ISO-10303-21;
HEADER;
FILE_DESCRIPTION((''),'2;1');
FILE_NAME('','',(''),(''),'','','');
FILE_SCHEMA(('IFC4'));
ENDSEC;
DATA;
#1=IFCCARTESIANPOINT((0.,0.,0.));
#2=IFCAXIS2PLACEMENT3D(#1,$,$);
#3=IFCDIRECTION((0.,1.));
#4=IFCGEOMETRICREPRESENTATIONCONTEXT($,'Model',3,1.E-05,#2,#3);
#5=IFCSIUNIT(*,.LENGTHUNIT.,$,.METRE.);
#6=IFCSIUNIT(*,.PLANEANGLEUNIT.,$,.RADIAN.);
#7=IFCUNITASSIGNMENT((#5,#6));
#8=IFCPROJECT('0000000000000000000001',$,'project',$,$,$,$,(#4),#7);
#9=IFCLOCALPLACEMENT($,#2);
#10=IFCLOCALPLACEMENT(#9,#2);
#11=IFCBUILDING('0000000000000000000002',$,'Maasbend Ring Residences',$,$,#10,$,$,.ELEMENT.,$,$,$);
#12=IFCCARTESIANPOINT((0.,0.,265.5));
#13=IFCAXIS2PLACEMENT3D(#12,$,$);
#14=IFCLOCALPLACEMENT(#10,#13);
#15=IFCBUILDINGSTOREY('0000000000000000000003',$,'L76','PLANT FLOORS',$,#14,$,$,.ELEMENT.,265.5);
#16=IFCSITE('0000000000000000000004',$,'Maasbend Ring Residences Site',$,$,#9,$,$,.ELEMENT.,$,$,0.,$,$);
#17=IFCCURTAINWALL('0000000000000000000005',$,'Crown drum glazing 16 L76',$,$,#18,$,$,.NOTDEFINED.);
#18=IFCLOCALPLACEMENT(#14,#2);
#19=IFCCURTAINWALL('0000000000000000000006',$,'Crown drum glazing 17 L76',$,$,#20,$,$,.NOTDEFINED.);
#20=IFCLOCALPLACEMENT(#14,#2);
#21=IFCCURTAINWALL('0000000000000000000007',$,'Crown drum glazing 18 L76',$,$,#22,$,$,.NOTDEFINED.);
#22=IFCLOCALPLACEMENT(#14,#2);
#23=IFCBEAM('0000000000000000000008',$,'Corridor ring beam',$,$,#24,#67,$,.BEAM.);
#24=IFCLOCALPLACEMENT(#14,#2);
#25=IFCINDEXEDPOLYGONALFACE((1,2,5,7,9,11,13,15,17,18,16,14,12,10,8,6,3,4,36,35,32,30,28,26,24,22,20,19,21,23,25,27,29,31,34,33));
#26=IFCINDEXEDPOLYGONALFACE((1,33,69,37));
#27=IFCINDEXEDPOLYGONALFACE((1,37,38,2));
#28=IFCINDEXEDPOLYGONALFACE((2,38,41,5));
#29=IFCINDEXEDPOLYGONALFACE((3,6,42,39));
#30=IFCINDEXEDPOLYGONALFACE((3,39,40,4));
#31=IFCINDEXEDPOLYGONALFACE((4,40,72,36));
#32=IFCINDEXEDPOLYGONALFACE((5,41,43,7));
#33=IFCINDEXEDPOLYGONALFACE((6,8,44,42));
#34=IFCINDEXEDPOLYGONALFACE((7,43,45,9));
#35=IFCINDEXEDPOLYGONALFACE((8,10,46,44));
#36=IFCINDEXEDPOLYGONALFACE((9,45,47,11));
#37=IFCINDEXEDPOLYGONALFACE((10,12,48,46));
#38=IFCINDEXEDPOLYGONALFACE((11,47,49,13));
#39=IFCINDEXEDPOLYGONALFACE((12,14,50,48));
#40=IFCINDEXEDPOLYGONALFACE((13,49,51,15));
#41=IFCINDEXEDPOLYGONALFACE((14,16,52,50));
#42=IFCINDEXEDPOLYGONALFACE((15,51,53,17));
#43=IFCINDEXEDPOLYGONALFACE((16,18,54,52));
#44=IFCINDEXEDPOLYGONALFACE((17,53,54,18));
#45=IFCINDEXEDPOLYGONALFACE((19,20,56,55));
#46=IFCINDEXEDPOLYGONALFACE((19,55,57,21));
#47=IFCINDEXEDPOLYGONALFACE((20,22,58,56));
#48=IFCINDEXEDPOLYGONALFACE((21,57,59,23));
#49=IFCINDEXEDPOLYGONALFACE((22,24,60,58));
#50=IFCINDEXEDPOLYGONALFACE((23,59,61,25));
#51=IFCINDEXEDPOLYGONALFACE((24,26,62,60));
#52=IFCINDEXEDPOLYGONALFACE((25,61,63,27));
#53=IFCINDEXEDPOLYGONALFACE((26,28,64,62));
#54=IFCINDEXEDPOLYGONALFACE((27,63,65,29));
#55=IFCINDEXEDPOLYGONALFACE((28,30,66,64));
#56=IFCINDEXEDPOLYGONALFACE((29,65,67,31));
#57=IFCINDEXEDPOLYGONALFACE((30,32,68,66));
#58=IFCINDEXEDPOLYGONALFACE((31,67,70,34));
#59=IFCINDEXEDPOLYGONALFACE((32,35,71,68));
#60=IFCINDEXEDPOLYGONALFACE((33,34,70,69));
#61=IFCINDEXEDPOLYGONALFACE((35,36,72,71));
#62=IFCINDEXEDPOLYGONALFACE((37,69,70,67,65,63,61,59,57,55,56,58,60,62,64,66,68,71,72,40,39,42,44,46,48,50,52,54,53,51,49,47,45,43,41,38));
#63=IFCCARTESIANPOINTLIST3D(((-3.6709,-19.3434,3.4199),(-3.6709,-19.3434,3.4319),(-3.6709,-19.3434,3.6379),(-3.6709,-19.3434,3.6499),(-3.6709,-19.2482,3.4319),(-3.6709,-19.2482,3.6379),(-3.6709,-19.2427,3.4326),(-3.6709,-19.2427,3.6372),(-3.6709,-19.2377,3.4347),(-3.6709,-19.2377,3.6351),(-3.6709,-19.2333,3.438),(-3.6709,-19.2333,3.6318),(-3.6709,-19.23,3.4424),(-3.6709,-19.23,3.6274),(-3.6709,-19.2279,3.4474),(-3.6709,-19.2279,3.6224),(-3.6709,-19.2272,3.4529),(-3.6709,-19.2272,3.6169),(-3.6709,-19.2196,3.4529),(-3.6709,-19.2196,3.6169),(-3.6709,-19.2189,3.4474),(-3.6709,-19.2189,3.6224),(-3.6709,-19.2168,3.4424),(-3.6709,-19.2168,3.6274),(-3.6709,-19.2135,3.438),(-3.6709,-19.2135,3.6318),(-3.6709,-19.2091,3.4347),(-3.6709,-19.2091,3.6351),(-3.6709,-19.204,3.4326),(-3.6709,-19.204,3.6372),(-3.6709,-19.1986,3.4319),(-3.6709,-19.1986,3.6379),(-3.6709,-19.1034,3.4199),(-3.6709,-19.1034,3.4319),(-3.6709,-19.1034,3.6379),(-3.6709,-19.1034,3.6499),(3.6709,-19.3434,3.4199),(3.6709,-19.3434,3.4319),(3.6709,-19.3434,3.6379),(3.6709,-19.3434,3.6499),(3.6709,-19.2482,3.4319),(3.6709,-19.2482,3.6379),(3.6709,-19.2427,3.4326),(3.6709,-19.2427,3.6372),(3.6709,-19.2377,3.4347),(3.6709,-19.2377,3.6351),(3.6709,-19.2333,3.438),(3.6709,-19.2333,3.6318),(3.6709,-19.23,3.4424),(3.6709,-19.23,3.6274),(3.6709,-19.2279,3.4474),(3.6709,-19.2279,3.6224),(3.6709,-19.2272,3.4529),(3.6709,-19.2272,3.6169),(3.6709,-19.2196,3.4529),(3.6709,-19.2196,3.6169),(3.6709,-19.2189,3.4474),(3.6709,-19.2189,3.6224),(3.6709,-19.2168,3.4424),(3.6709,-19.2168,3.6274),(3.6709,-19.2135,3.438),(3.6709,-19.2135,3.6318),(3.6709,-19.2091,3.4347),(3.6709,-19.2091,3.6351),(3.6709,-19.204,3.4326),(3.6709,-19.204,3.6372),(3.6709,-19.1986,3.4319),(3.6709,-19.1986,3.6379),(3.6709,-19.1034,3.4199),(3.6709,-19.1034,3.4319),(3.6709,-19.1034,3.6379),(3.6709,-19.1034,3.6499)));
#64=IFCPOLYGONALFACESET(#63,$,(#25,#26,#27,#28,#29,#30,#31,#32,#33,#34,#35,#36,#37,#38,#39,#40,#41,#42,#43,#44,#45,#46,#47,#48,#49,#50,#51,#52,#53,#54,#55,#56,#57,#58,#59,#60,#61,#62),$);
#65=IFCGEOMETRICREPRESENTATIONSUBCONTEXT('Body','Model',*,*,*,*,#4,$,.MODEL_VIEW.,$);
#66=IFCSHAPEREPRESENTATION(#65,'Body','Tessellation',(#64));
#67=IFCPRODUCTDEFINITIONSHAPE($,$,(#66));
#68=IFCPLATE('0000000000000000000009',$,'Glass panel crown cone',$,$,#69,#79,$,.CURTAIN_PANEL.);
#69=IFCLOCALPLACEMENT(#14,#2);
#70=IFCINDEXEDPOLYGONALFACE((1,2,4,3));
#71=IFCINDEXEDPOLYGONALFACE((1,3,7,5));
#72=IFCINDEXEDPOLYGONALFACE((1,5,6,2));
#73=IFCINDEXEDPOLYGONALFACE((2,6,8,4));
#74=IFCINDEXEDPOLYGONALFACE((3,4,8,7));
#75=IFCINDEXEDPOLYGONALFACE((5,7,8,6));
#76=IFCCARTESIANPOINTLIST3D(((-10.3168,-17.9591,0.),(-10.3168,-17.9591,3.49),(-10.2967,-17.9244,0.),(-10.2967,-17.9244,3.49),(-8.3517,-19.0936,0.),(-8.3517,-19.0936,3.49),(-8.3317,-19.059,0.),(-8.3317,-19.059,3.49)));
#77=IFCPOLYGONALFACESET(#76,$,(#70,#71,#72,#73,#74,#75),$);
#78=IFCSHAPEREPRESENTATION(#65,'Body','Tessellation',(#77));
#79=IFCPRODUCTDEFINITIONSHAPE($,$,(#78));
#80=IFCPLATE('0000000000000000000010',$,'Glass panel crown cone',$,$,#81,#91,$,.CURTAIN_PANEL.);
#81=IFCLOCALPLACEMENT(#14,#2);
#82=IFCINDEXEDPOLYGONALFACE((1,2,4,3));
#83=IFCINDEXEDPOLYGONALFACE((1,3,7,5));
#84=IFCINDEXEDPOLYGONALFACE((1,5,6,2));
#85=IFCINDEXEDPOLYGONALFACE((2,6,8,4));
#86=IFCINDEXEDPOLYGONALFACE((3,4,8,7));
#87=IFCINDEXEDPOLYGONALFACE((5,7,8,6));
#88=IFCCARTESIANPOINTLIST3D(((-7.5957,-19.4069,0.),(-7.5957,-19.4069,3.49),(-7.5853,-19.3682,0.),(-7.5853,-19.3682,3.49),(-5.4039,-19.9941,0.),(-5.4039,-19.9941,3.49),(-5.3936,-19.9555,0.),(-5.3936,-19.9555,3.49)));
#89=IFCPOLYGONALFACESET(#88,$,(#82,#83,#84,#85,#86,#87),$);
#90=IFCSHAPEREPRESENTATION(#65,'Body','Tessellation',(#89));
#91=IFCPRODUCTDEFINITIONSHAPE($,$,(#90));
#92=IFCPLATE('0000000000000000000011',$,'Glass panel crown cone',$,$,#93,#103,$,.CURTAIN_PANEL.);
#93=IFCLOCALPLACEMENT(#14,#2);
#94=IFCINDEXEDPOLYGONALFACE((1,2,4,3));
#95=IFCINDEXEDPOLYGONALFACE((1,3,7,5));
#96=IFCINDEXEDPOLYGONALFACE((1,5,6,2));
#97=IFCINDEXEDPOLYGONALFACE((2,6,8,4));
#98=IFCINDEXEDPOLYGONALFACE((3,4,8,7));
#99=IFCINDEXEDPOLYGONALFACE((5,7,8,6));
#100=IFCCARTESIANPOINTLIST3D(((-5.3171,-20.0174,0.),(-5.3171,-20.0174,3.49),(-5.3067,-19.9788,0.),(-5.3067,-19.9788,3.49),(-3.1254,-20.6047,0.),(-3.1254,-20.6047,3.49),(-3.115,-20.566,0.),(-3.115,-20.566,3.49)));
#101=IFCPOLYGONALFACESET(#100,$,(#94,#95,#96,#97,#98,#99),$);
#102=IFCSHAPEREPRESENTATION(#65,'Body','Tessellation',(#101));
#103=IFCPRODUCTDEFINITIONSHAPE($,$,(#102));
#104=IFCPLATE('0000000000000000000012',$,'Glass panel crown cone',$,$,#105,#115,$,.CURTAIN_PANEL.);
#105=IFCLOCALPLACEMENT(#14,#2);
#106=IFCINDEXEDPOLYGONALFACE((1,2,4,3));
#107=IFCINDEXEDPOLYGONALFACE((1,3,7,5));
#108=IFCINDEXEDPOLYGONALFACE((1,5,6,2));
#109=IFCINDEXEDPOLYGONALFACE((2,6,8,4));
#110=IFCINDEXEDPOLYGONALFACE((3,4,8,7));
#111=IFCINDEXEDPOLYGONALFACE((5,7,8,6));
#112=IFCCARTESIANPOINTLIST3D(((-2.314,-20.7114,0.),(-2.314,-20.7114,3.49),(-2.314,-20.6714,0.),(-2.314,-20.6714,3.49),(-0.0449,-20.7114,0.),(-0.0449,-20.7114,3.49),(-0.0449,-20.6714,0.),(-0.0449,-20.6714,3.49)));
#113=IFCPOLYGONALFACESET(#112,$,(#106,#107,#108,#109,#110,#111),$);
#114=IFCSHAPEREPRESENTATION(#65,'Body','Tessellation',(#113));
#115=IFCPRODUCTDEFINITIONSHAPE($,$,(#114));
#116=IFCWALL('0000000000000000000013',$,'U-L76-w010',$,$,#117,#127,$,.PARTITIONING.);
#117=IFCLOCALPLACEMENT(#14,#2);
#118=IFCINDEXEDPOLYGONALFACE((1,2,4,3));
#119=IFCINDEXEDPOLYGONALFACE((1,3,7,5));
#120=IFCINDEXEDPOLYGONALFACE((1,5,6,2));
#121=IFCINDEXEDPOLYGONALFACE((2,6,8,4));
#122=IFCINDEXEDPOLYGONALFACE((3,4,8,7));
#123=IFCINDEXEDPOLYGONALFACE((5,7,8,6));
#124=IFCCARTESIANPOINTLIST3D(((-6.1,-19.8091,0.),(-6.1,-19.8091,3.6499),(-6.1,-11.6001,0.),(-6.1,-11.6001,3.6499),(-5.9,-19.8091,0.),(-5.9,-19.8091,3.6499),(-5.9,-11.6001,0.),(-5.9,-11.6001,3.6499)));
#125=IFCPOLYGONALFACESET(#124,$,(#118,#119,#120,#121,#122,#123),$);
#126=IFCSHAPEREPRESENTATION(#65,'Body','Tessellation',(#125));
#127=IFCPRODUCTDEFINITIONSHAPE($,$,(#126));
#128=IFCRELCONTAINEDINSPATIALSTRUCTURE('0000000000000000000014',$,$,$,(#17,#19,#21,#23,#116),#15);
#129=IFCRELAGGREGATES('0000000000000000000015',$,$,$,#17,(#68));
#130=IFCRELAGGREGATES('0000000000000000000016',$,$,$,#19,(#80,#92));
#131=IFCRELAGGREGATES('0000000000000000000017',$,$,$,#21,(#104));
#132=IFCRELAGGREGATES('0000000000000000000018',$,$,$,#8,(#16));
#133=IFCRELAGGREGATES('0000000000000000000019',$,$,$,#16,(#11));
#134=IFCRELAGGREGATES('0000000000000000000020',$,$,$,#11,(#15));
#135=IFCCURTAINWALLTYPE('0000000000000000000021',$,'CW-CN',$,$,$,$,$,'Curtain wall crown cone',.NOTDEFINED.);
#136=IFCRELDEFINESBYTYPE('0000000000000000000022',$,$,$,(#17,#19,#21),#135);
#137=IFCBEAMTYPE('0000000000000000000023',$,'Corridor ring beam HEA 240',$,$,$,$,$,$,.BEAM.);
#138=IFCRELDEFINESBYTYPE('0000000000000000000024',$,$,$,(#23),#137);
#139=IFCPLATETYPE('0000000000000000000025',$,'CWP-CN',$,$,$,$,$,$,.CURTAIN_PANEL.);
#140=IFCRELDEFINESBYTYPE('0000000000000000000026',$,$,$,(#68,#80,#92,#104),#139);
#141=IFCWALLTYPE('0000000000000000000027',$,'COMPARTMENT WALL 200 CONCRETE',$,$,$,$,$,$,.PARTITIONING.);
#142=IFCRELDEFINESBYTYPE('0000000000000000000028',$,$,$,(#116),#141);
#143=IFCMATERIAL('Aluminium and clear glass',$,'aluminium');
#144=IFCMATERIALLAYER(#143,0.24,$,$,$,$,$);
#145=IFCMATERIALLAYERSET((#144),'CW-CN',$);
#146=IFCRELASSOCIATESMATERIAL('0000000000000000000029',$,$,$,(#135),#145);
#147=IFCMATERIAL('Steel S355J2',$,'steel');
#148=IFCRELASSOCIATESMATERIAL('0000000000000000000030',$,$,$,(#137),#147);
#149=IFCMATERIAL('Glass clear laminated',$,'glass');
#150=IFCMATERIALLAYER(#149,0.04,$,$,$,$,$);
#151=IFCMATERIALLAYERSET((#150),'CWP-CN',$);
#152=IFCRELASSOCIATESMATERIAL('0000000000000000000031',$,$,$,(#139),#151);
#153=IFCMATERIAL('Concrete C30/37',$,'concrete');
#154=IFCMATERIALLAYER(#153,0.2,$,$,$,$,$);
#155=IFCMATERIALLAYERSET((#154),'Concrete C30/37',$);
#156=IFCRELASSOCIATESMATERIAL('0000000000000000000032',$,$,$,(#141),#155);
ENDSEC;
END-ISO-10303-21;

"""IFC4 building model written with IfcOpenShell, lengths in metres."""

from ifc_helpers import new_model, si_unit, direction, frame, frame_2d, origin, origin_2d, place, context, subcontext, project, spatial, rectangle, i_section, extrude, material, layer, layer_set, material_profile, profile_set, type_object, element, aggregate, save


model = new_model("IFC4")

# Units and contexts
model_context = context("Model", 3, precision=1e-05, world=origin(), true_north=direction((0.0, 1.0)))
body_context = subcontext(model_context, "Body", "Model", "MODEL_VIEW")
ifc_project = project(units=[si_unit("LENGTHUNIT", "METRE"), si_unit("PLANEANGLEUNIT", "RADIAN")], contexts=[model_context])

# Site, building, storey
site_placement = place(None, origin())
site = spatial("IfcSite", under=ifc_project, at=site_placement, Name="Maasbend Ring Residences Site", CompositionType="ELEMENT", RefElevation=0.0)
building_placement = place(site_placement, origin())
building = spatial("IfcBuilding", under=site, at=building_placement, Name="Maasbend Ring Residences", CompositionType="ELEMENT")
storey_placement = place(building_placement, frame((0.0, 0.0, 265.5)))
storey = spatial("IfcBuildingStorey", under=building, at=storey_placement, Name="L76", Description="PLANT FLOORS", CompositionType="ELEMENT", Elevation=265.5)

# Curtain walls
ifc_material_1 = material(Name="Aluminium and clear glass", Category="aluminium")
ifc_layer_1 = layer(ifc_material_1, 0.24)
ifc_layer_set_1 = layer_set([ifc_layer_1], Name="CW-CN")
curtain_wall_type = type_object("IfcCurtainWallType", Name="CW-CN", ElementType="Curtain wall crown cone", PredefinedType="NOTDEFINED", material=ifc_layer_set_1)
curtain_wall_1_placement = place(storey_placement, origin())
curtain_wall_1 = element("IfcCurtainWall", 1, at=curtain_wall_1_placement, inside=storey, type_object=curtain_wall_type, Name="Crown drum glazing 16 L76", PredefinedType="NOTDEFINED")
curtain_wall_2_placement = place(storey_placement, origin())
curtain_wall_2 = element("IfcCurtainWall", 2, at=curtain_wall_2_placement, inside=storey, type_object=curtain_wall_type, Name="Crown drum glazing 17 L76", PredefinedType="NOTDEFINED")

# Curtain wall
curtain_wall_3_placement = place(storey_placement, origin())
curtain_wall_3 = element("IfcCurtainWall", 3, at=curtain_wall_3_placement, inside=storey, type_object=curtain_wall_type, Name="Crown drum glazing 18 L76", PredefinedType="NOTDEFINED")

# Beam
ifc_material_2 = material(Name="Steel S355J2", Category="steel")
ifc_material_profile_1 = material_profile(ifc_material_2, i_section(OverallWidth=0.24, OverallDepth=0.23, WebThickness=0.0076, FlangeThickness=0.012, FilletRadius=0.021, at=origin_2d()), Name="HEA 240")
ifc_profile_set_1 = profile_set([ifc_material_profile_1], Name="Steel S355J2")
beam_type = type_object("IfcBeamType", Name="Corridor ring beam HEA 240", PredefinedType="BEAM", material=ifc_profile_set_1)
beam_placement = place(storey_placement, frame((-3.6709, -19.2234, 3.5349), z_axis=(1.0, 0.0, 0.0), x_axis=(0.0, 1.0, 0.0)))
element("IfcBeam", 4, at=beam_placement, inside=storey, type_object=beam_type, Name="Corridor ring beam", PredefinedType="BEAM", context=body_context, shape_type="SweptSolid", body=[
    extrude(i_section(OverallWidth=0.24, OverallDepth=0.23, WebThickness=0.0076, FlangeThickness=0.012, FilletRadius=0.021, at=origin_2d()), origin(), (0.0, 0.0, 1.0), 7.3418),
])

# Plates
ifc_material_3 = material(Name="Glass clear laminated", Category="glass")
ifc_layer_2 = layer(ifc_material_3, 0.04)
ifc_layer_set_2 = layer_set([ifc_layer_2], Name="CWP-CN")
plate_type = type_object("IfcPlateType", Name="CWP-CN", PredefinedType="CURTAIN_PANEL", material=ifc_layer_set_2)
plate_1_placement = place(storey_placement, frame((-9.3242, -18.509, 0.0), z_axis=(0.0, 0.0, 1.0), x_axis=(0.866025, -0.5, 0.0)))
plate_1 = element("IfcPlate", 5, at=plate_1_placement, type_object=plate_type, Name="Glass panel crown cone", PredefinedType="CURTAIN_PANEL", context=body_context, shape_type="SweptSolid", body=[
    extrude(rectangle(XDim=2.269, YDim=0.04, at=origin_2d()), origin(), (0.0, 0.0, 1.0), 3.49),
])
aggregate(curtain_wall_1, [plate_1])
plate_2_placement = place(storey_placement, frame((-6.4946, -19.6812, 0.0), z_axis=(0.0, 0.0, 1.0), x_axis=(0.965926, -0.258819, 0.0)))
plate_2 = element("IfcPlate", 6, at=plate_2_placement, type_object=plate_type, Name="Glass panel crown cone", PredefinedType="CURTAIN_PANEL", context=body_context, shape_type="SweptSolid", body=[
    extrude(rectangle(XDim=2.269, YDim=0.04, at=origin_2d()), origin(), (0.0, 0.0, 1.0), 3.49),
])
plate_3_placement = place(storey_placement, frame((-4.2161, -20.2917, 0.0), z_axis=(0.0, 0.0, 1.0), x_axis=(0.965926, -0.258819, 0.0)))
plate_3 = element("IfcPlate", 7, at=plate_3_placement, type_object=plate_type, Name="Glass panel crown cone", PredefinedType="CURTAIN_PANEL", context=body_context, shape_type="SweptSolid", body=[
    extrude(rectangle(XDim=2.269, YDim=0.04, at=origin_2d()), origin(), (0.0, 0.0, 1.0), 3.49),
])
aggregate(curtain_wall_2, [plate_2, plate_3])
plate_4_placement = place(storey_placement, frame((-1.1794, -20.6914, 0.0), z_axis=(0.0, 0.0, 1.0), x_axis=(1.0, 0.0, 0.0)))
plate_4 = element("IfcPlate", 8, at=plate_4_placement, type_object=plate_type, Name="Glass panel crown cone", PredefinedType="CURTAIN_PANEL", context=body_context, shape_type="SweptSolid", body=[
    extrude(rectangle(XDim=2.269, YDim=0.04, at=origin_2d()), origin(), (0.0, 0.0, 1.0), 3.49),
])
aggregate(curtain_wall_3, [plate_4])

# Wall
ifc_material_4 = material(Name="Concrete C30/37", Category="concrete")
ifc_layer_3 = layer(ifc_material_4, 0.2)
ifc_layer_set_3 = layer_set([ifc_layer_3], Name="Concrete C30/37")
wall_type = type_object("IfcWallType", Name="COMPARTMENT WALL 200 CONCRETE", PredefinedType="PARTITIONING", material=ifc_layer_set_3)
wall_placement = place(storey_placement, frame((-6.0, -19.8091, 0.0), z_axis=(0.0, 0.0, 1.0), x_axis=(0.0, 1.0, 0.0)))
element("IfcWall", 9, at=wall_placement, inside=storey, type_object=wall_type, Name="U-L76-w010", PredefinedType="PARTITIONING", context=body_context, shape_type="SweptSolid", body=[
    extrude(rectangle(XDim=8.209, YDim=0.2, at=frame_2d((4.1045, 0.0))), origin(), (0.0, 0.0, 1.0), 3.6499),
])

save(model, "model.ifc")
